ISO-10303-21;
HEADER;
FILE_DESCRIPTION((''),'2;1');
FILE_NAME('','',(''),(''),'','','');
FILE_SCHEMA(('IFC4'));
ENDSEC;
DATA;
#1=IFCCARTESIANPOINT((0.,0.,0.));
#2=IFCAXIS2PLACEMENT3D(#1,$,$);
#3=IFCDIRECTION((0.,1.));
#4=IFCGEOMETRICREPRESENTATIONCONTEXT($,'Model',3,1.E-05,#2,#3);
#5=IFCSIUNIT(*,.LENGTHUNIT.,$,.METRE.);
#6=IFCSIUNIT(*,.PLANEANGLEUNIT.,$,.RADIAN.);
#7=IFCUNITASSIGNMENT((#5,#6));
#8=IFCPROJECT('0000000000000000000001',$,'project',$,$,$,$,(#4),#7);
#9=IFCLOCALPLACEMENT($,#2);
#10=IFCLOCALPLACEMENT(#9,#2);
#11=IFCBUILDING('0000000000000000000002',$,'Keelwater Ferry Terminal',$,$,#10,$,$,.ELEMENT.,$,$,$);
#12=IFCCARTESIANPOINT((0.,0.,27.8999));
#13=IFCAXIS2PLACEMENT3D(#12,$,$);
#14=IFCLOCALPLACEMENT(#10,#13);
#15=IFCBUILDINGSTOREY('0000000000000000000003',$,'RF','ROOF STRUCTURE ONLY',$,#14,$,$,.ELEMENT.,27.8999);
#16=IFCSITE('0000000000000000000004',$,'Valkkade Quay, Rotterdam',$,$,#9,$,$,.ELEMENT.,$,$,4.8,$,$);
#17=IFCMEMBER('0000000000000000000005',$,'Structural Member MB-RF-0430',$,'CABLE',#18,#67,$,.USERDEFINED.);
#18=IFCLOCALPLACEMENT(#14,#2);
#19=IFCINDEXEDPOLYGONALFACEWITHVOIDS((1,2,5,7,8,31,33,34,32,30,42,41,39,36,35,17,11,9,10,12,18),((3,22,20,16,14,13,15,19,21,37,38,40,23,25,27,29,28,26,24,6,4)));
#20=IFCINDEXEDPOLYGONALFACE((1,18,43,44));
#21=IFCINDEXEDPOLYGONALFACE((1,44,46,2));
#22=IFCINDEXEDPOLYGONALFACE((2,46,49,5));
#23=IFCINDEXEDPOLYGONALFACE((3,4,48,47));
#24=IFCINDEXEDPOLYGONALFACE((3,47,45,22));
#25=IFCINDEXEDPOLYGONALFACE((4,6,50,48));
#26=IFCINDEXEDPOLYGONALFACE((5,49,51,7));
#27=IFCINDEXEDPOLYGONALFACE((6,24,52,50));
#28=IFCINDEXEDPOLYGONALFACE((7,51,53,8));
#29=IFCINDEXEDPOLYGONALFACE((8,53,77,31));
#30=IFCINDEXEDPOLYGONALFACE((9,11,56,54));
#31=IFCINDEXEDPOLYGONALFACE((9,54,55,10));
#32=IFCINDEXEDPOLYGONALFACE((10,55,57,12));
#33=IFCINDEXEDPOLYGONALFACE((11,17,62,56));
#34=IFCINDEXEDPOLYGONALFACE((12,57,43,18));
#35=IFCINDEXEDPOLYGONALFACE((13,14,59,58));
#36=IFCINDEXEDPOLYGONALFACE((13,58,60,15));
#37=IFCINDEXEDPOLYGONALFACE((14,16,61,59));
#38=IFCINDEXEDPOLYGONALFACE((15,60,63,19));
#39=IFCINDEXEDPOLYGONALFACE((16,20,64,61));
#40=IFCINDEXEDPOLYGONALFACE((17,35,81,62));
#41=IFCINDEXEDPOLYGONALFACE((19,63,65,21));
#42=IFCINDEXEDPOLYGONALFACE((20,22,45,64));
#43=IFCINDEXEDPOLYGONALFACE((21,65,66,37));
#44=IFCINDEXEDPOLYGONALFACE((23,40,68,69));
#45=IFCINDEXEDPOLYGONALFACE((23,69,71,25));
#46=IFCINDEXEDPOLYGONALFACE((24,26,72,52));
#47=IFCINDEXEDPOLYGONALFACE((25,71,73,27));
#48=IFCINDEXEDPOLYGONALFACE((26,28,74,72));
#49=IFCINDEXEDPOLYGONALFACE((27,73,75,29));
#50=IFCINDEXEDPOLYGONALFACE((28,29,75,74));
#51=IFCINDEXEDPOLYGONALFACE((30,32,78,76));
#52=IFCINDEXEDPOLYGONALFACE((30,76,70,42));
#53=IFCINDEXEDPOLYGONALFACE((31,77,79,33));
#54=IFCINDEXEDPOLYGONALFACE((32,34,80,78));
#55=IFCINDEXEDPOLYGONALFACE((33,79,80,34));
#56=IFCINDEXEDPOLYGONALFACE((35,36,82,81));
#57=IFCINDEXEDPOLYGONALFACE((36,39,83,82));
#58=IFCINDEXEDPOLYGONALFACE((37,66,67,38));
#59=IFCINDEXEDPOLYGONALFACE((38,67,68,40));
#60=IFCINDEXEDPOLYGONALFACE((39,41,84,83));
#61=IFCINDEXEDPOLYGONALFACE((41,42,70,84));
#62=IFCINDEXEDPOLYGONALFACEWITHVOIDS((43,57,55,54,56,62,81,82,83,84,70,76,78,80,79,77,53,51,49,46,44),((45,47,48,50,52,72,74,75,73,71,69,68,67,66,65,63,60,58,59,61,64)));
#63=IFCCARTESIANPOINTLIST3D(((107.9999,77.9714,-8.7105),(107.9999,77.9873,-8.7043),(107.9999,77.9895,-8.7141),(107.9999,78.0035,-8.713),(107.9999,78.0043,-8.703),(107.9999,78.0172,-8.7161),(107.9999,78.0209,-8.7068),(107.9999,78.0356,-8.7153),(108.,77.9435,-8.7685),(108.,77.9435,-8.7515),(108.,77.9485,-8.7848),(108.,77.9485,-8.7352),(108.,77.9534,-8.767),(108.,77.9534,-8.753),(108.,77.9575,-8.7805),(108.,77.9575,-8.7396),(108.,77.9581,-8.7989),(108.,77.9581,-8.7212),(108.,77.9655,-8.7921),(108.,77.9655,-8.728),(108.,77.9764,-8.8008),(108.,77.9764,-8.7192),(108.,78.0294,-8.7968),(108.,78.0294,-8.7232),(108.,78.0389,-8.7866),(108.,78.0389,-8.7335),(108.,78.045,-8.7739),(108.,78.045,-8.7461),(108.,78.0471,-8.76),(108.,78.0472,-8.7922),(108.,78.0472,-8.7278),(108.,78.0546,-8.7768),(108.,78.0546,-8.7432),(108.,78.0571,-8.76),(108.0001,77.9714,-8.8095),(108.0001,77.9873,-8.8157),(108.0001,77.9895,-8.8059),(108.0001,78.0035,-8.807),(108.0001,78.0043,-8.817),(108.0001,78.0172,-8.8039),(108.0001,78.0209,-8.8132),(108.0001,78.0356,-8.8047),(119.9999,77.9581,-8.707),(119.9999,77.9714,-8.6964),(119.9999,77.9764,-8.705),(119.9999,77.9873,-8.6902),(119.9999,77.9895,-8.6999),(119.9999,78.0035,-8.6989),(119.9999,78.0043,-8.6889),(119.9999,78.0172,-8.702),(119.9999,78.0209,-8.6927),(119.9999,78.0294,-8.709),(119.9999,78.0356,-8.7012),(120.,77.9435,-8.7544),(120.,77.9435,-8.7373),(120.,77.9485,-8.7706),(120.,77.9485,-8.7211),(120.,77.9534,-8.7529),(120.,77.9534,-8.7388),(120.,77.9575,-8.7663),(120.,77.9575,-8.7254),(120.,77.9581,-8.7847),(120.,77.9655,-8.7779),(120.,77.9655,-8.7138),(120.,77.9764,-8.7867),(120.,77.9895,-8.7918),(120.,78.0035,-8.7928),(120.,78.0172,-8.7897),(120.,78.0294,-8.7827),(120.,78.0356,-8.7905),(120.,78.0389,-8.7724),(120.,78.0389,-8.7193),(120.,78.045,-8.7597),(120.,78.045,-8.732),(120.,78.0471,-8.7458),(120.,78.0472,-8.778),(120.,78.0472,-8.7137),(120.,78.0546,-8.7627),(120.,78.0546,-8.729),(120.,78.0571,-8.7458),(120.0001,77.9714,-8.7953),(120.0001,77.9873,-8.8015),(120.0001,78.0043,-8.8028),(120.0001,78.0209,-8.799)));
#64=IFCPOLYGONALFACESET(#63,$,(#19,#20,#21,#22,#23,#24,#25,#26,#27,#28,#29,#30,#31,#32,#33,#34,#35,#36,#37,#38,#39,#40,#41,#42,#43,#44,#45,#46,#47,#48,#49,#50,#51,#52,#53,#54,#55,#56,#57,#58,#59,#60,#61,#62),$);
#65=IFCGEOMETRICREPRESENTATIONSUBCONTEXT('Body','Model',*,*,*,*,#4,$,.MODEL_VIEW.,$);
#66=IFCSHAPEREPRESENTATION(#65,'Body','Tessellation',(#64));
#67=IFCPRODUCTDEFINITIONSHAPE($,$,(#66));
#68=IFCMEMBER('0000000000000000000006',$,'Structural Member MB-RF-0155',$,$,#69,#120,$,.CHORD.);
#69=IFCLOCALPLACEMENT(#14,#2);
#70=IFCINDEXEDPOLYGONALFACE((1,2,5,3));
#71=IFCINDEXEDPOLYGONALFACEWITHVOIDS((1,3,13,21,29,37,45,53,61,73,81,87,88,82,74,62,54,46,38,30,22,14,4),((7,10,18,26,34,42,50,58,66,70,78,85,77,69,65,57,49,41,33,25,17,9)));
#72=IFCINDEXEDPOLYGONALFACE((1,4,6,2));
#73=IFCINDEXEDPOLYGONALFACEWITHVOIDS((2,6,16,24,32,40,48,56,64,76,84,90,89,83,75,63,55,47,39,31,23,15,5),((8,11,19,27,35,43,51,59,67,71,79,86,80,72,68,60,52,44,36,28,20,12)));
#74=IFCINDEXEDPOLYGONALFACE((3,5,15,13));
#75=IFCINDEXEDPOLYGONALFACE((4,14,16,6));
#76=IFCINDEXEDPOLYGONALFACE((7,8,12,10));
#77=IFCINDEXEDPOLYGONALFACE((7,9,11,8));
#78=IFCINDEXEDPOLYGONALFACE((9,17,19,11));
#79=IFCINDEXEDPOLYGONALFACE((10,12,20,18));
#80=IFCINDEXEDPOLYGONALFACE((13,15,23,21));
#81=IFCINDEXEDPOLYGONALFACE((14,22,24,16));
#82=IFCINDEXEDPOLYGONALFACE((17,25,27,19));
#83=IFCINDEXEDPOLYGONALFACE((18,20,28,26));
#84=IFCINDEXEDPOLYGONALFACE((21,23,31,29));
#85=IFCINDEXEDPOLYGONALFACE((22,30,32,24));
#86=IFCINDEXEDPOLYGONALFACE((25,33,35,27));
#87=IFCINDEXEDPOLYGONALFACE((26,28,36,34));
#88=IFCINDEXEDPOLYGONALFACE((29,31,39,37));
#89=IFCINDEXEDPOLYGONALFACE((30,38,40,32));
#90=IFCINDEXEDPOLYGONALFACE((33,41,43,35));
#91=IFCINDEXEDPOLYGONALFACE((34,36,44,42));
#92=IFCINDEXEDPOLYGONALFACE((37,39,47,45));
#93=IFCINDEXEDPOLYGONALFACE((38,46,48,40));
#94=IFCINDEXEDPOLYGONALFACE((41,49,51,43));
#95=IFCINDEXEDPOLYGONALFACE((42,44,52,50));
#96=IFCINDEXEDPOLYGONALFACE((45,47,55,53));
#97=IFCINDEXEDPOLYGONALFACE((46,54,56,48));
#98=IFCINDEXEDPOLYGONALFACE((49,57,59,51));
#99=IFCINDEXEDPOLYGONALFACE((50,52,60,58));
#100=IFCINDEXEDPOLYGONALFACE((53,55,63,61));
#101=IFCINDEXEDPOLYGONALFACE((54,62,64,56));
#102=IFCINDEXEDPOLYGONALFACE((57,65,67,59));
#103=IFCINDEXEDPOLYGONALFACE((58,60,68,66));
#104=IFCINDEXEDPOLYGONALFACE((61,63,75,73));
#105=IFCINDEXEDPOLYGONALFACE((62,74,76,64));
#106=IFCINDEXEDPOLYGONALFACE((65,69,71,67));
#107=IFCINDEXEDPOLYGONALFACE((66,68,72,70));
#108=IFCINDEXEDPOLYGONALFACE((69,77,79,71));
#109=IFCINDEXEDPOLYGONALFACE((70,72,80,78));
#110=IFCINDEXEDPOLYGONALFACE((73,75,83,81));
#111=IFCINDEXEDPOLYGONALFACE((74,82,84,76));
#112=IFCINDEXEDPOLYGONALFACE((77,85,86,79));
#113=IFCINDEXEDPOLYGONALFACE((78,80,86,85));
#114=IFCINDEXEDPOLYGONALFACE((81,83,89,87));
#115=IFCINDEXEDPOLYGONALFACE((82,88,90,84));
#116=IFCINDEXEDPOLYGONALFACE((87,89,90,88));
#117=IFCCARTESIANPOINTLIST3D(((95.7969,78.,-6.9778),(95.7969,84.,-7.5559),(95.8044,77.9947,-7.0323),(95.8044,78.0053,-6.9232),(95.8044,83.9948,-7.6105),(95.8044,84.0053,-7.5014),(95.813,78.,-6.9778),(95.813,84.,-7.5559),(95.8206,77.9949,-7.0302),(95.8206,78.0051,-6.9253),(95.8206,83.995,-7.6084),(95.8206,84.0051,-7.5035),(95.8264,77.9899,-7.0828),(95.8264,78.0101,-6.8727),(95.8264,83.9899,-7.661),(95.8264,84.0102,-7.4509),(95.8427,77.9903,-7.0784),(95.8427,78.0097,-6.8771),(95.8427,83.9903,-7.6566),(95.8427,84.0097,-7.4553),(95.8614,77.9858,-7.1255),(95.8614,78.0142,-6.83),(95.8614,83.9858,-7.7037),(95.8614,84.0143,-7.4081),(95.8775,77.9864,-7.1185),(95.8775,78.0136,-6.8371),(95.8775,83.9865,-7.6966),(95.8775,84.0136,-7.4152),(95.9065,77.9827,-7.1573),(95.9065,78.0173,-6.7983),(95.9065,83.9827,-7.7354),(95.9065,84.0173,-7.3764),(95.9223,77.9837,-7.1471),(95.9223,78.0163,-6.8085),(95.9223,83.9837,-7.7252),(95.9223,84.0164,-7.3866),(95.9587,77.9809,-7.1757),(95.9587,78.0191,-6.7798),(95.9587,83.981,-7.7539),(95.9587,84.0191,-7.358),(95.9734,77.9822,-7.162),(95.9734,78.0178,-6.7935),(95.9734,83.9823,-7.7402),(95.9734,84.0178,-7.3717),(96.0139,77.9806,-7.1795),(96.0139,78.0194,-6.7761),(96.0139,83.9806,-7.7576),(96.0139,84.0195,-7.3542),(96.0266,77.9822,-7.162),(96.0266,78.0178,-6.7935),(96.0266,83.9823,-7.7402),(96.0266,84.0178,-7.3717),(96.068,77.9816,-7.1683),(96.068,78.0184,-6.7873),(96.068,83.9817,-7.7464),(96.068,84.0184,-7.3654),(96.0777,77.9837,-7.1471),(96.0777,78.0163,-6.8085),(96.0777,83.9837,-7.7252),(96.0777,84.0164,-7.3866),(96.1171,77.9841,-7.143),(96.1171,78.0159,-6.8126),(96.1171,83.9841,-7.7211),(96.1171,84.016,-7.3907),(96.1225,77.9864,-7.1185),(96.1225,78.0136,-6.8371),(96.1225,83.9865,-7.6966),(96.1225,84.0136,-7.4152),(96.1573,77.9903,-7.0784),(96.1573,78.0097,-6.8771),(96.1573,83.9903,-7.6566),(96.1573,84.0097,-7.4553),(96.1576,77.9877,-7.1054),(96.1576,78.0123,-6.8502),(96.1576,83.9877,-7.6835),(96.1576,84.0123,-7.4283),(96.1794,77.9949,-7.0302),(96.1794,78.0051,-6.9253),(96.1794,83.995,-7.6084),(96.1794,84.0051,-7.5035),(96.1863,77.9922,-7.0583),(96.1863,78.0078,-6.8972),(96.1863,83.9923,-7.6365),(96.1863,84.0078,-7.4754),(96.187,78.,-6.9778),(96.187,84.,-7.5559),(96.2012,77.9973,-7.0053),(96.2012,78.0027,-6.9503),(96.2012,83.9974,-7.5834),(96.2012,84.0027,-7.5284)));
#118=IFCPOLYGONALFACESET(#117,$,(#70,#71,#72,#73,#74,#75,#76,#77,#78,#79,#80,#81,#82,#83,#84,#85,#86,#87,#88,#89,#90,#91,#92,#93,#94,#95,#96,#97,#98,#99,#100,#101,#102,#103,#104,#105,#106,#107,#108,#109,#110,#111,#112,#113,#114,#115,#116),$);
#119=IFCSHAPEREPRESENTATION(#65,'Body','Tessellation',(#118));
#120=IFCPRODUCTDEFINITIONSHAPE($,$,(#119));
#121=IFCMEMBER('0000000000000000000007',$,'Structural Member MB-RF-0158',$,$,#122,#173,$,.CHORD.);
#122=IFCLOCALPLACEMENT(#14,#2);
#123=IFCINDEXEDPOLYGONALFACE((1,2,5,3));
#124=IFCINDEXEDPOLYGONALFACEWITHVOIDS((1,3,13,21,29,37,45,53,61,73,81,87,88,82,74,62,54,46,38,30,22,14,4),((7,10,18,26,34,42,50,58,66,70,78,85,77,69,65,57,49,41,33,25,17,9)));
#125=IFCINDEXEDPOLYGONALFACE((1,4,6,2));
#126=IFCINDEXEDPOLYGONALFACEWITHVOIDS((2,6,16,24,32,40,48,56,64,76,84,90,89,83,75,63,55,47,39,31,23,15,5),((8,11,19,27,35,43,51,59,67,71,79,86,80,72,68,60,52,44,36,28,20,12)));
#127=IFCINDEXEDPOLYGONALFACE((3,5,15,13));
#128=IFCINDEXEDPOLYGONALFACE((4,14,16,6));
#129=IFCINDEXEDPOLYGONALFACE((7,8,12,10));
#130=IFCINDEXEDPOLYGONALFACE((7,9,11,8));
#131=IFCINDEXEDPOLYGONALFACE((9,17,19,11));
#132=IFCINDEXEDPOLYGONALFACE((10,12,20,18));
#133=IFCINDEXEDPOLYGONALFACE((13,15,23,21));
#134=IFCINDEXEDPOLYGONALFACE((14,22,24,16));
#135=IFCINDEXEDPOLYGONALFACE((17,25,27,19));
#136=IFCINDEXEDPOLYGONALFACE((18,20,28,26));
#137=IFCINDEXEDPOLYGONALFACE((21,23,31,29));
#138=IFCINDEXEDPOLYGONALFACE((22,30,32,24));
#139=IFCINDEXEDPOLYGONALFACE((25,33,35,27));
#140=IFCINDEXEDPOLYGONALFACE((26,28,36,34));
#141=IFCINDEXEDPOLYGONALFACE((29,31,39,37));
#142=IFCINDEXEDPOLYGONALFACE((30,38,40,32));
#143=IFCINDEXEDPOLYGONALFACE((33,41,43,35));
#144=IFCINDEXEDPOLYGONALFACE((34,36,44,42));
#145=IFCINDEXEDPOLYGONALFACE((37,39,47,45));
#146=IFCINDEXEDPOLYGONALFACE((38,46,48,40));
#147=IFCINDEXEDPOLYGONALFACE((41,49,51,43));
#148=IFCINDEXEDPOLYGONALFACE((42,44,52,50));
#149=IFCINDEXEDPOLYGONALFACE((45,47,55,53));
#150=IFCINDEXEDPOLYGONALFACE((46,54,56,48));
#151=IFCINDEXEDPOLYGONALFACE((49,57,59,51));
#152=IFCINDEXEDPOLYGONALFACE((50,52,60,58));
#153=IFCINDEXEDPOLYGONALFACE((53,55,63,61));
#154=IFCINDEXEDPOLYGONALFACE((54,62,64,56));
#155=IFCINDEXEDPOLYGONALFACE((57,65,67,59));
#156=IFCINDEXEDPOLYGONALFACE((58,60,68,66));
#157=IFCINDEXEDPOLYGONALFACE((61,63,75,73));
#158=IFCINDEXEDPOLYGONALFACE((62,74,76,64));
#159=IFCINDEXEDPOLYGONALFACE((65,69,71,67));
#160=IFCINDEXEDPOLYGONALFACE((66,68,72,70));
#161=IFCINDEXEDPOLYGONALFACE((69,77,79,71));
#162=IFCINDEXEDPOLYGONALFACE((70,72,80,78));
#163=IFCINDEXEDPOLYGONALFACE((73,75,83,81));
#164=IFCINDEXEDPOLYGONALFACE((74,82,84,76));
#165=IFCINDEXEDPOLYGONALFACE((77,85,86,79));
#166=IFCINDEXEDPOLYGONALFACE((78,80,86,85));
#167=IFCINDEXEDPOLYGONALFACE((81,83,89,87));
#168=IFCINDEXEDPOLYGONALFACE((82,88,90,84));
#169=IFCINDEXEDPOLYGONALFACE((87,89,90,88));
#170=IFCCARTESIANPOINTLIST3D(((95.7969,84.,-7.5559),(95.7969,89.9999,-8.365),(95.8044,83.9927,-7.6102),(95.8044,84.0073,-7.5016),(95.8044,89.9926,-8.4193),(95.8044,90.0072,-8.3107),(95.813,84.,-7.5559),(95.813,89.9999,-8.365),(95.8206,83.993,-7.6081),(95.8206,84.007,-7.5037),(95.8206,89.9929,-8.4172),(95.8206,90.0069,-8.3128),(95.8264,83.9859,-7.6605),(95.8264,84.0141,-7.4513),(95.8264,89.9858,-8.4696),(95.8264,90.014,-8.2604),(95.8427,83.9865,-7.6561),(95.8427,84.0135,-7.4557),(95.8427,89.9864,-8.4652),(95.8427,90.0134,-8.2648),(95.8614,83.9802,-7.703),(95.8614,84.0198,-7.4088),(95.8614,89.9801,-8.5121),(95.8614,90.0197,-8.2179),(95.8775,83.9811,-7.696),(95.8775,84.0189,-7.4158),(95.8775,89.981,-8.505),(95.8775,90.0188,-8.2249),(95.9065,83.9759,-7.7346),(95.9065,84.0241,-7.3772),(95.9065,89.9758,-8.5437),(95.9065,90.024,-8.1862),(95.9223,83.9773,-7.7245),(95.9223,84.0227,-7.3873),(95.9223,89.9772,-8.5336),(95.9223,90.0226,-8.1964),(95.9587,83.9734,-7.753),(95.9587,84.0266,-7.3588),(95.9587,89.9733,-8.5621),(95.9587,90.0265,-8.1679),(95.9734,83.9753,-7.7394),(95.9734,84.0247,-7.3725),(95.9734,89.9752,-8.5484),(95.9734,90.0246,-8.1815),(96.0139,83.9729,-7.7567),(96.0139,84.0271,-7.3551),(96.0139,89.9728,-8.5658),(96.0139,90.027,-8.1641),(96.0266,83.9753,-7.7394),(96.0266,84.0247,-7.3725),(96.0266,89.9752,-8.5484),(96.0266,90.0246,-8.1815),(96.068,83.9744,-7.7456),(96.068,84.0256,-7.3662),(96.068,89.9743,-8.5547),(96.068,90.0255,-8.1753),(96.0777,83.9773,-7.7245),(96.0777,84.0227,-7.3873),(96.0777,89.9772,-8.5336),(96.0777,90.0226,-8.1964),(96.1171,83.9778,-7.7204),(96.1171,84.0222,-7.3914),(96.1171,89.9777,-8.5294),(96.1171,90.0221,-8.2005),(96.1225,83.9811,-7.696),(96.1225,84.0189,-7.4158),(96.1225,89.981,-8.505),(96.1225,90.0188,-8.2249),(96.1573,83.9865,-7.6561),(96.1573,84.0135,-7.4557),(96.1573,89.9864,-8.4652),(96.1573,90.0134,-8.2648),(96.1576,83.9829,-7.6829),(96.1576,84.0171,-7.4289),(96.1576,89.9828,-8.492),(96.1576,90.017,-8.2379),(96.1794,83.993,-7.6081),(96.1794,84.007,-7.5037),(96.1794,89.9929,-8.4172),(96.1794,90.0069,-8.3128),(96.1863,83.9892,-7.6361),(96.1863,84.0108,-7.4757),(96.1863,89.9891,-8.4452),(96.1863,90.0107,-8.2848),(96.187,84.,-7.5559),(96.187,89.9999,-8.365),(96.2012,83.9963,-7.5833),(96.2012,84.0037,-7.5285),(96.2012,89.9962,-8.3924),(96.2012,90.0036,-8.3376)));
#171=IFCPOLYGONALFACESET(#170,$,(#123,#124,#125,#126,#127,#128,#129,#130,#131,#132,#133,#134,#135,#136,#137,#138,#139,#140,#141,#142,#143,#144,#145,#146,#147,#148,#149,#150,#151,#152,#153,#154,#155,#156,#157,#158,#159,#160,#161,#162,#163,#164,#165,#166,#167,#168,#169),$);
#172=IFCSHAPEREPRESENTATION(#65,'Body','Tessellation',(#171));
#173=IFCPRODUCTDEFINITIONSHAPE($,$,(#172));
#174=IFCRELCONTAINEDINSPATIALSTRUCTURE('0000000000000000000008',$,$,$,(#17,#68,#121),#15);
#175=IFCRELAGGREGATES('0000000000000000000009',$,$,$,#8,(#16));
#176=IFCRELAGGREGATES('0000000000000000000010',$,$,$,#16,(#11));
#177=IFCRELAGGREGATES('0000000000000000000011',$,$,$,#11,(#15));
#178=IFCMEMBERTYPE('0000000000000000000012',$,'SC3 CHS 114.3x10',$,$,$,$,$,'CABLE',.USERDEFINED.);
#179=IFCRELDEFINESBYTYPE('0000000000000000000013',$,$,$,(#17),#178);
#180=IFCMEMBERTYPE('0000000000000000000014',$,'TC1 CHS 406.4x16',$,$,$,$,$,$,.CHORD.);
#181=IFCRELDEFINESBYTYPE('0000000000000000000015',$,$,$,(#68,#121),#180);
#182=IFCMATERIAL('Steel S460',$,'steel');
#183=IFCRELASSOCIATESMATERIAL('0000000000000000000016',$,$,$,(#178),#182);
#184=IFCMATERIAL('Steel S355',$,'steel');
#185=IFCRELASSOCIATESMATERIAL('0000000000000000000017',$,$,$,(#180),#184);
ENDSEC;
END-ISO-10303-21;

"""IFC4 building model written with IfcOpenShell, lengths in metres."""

from ifc_helpers import new_model, si_unit, direction, frame, origin, origin_2d, place, context, subcontext, project, spatial, hollow_circle, extrude, material, material_profile, profile_set, type_object, element, save


model = new_model("IFC4")

# Units and contexts
model_context = context("Model", 3, precision=1e-05, world=origin(), true_north=direction((0.0, 1.0)))
body_context = subcontext(model_context, "Body", "Model", "MODEL_VIEW")
ifc_project = project(units=[si_unit("LENGTHUNIT", "METRE"), si_unit("PLANEANGLEUNIT", "RADIAN")], contexts=[model_context])

# Site, building, storey
site_placement = place(None, origin())
site = spatial("IfcSite", under=ifc_project, at=site_placement, Name="Valkkade Quay, Rotterdam", CompositionType="ELEMENT", RefElevation=4.8)
building_placement = place(site_placement, origin())
building = spatial("IfcBuilding", under=site, at=building_placement, Name="Keelwater Ferry Terminal", CompositionType="ELEMENT")
storey_placement = place(building_placement, frame((0.0, 0.0, 27.8999)))
storey = spatial("IfcBuildingStorey", under=building, at=storey_placement, Name="RF", Description="ROOF STRUCTURE ONLY", CompositionType="ELEMENT", Elevation=27.8999)

# Members
ifc_material_1 = material(Name="Steel S460", Category="steel")
ifc_material_profile_1 = material_profile(ifc_material_1, hollow_circle(Radius=0.0571, WallThickness=0.01, at=origin_2d()), Name="CHS 114.3x10")
ifc_profile_set_1 = profile_set([ifc_material_profile_1], Name="Steel S460")
member_type_1 = type_object("IfcMemberType", Name="SC3 CHS 114.3x10", ElementType="CABLE", PredefinedType="USERDEFINED", material=ifc_profile_set_1)
member_1_placement = place(storey_placement, frame((108.0, 78.0, -8.76), z_axis=(0.999999, 0.0, 0.00118), x_axis=(0.0, 1.0, 0.0)))
element("IfcMember", 1, at=member_1_placement, inside=storey, type_object=member_type_1, Name="Structural Member MB-RF-0430", ObjectType="CABLE", PredefinedType="USERDEFINED", context=body_context, shape_type="SweptSolid", body=[
    extrude(hollow_circle(Radius=0.0571, WallThickness=0.01, at=origin_2d()), origin(), (0.0, 0.0, 1.0), 12.0),
])
ifc_material_2 = material(Name="Steel S355", Category="steel")
ifc_material_profile_2 = material_profile(ifc_material_2, hollow_circle(Radius=0.2031, WallThickness=0.0161, at=origin_2d()), Name="CHS 406.4x16")
ifc_profile_set_2 = profile_set([ifc_material_profile_2], Name="Steel S355")
member_type_2 = type_object("IfcMemberType", Name="TC1 CHS 406.4x16", PredefinedType="CHORD", material=ifc_profile_set_2)
member_2_placement = place(storey_placement, frame((96.0, 78.0, -6.9778), z_axis=(0.0, 0.99539, -0.09591), x_axis=(-1.0, 0.0, 0.0)))
element("IfcMember", 2, at=member_2_placement, inside=storey, type_object=member_type_2, Name="Structural Member MB-RF-0155", PredefinedType="CHORD", context=body_context, shape_type="SweptSolid", body=[
    extrude(hollow_circle(Radius=0.2031, WallThickness=0.0161, at=origin_2d()), origin(), (0.0, 0.0, 1.0), 6.0278),
])
member_3_placement = place(storey_placement, frame((96.0, 84.0, -7.5559), z_axis=(0.0, 0.99103, -0.133637), x_axis=(-1.0, 0.0, 0.0)))
element("IfcMember", 3, at=member_3_placement, inside=storey, type_object=member_type_2, Name="Structural Member MB-RF-0158", PredefinedType="CHORD", context=body_context, shape_type="SweptSolid", body=[
    extrude(hollow_circle(Radius=0.2031, WallThickness=0.0161, at=origin_2d()), origin(), (0.0, 0.0, 1.0), 6.0542),
])

save(model, "model.ifc")
